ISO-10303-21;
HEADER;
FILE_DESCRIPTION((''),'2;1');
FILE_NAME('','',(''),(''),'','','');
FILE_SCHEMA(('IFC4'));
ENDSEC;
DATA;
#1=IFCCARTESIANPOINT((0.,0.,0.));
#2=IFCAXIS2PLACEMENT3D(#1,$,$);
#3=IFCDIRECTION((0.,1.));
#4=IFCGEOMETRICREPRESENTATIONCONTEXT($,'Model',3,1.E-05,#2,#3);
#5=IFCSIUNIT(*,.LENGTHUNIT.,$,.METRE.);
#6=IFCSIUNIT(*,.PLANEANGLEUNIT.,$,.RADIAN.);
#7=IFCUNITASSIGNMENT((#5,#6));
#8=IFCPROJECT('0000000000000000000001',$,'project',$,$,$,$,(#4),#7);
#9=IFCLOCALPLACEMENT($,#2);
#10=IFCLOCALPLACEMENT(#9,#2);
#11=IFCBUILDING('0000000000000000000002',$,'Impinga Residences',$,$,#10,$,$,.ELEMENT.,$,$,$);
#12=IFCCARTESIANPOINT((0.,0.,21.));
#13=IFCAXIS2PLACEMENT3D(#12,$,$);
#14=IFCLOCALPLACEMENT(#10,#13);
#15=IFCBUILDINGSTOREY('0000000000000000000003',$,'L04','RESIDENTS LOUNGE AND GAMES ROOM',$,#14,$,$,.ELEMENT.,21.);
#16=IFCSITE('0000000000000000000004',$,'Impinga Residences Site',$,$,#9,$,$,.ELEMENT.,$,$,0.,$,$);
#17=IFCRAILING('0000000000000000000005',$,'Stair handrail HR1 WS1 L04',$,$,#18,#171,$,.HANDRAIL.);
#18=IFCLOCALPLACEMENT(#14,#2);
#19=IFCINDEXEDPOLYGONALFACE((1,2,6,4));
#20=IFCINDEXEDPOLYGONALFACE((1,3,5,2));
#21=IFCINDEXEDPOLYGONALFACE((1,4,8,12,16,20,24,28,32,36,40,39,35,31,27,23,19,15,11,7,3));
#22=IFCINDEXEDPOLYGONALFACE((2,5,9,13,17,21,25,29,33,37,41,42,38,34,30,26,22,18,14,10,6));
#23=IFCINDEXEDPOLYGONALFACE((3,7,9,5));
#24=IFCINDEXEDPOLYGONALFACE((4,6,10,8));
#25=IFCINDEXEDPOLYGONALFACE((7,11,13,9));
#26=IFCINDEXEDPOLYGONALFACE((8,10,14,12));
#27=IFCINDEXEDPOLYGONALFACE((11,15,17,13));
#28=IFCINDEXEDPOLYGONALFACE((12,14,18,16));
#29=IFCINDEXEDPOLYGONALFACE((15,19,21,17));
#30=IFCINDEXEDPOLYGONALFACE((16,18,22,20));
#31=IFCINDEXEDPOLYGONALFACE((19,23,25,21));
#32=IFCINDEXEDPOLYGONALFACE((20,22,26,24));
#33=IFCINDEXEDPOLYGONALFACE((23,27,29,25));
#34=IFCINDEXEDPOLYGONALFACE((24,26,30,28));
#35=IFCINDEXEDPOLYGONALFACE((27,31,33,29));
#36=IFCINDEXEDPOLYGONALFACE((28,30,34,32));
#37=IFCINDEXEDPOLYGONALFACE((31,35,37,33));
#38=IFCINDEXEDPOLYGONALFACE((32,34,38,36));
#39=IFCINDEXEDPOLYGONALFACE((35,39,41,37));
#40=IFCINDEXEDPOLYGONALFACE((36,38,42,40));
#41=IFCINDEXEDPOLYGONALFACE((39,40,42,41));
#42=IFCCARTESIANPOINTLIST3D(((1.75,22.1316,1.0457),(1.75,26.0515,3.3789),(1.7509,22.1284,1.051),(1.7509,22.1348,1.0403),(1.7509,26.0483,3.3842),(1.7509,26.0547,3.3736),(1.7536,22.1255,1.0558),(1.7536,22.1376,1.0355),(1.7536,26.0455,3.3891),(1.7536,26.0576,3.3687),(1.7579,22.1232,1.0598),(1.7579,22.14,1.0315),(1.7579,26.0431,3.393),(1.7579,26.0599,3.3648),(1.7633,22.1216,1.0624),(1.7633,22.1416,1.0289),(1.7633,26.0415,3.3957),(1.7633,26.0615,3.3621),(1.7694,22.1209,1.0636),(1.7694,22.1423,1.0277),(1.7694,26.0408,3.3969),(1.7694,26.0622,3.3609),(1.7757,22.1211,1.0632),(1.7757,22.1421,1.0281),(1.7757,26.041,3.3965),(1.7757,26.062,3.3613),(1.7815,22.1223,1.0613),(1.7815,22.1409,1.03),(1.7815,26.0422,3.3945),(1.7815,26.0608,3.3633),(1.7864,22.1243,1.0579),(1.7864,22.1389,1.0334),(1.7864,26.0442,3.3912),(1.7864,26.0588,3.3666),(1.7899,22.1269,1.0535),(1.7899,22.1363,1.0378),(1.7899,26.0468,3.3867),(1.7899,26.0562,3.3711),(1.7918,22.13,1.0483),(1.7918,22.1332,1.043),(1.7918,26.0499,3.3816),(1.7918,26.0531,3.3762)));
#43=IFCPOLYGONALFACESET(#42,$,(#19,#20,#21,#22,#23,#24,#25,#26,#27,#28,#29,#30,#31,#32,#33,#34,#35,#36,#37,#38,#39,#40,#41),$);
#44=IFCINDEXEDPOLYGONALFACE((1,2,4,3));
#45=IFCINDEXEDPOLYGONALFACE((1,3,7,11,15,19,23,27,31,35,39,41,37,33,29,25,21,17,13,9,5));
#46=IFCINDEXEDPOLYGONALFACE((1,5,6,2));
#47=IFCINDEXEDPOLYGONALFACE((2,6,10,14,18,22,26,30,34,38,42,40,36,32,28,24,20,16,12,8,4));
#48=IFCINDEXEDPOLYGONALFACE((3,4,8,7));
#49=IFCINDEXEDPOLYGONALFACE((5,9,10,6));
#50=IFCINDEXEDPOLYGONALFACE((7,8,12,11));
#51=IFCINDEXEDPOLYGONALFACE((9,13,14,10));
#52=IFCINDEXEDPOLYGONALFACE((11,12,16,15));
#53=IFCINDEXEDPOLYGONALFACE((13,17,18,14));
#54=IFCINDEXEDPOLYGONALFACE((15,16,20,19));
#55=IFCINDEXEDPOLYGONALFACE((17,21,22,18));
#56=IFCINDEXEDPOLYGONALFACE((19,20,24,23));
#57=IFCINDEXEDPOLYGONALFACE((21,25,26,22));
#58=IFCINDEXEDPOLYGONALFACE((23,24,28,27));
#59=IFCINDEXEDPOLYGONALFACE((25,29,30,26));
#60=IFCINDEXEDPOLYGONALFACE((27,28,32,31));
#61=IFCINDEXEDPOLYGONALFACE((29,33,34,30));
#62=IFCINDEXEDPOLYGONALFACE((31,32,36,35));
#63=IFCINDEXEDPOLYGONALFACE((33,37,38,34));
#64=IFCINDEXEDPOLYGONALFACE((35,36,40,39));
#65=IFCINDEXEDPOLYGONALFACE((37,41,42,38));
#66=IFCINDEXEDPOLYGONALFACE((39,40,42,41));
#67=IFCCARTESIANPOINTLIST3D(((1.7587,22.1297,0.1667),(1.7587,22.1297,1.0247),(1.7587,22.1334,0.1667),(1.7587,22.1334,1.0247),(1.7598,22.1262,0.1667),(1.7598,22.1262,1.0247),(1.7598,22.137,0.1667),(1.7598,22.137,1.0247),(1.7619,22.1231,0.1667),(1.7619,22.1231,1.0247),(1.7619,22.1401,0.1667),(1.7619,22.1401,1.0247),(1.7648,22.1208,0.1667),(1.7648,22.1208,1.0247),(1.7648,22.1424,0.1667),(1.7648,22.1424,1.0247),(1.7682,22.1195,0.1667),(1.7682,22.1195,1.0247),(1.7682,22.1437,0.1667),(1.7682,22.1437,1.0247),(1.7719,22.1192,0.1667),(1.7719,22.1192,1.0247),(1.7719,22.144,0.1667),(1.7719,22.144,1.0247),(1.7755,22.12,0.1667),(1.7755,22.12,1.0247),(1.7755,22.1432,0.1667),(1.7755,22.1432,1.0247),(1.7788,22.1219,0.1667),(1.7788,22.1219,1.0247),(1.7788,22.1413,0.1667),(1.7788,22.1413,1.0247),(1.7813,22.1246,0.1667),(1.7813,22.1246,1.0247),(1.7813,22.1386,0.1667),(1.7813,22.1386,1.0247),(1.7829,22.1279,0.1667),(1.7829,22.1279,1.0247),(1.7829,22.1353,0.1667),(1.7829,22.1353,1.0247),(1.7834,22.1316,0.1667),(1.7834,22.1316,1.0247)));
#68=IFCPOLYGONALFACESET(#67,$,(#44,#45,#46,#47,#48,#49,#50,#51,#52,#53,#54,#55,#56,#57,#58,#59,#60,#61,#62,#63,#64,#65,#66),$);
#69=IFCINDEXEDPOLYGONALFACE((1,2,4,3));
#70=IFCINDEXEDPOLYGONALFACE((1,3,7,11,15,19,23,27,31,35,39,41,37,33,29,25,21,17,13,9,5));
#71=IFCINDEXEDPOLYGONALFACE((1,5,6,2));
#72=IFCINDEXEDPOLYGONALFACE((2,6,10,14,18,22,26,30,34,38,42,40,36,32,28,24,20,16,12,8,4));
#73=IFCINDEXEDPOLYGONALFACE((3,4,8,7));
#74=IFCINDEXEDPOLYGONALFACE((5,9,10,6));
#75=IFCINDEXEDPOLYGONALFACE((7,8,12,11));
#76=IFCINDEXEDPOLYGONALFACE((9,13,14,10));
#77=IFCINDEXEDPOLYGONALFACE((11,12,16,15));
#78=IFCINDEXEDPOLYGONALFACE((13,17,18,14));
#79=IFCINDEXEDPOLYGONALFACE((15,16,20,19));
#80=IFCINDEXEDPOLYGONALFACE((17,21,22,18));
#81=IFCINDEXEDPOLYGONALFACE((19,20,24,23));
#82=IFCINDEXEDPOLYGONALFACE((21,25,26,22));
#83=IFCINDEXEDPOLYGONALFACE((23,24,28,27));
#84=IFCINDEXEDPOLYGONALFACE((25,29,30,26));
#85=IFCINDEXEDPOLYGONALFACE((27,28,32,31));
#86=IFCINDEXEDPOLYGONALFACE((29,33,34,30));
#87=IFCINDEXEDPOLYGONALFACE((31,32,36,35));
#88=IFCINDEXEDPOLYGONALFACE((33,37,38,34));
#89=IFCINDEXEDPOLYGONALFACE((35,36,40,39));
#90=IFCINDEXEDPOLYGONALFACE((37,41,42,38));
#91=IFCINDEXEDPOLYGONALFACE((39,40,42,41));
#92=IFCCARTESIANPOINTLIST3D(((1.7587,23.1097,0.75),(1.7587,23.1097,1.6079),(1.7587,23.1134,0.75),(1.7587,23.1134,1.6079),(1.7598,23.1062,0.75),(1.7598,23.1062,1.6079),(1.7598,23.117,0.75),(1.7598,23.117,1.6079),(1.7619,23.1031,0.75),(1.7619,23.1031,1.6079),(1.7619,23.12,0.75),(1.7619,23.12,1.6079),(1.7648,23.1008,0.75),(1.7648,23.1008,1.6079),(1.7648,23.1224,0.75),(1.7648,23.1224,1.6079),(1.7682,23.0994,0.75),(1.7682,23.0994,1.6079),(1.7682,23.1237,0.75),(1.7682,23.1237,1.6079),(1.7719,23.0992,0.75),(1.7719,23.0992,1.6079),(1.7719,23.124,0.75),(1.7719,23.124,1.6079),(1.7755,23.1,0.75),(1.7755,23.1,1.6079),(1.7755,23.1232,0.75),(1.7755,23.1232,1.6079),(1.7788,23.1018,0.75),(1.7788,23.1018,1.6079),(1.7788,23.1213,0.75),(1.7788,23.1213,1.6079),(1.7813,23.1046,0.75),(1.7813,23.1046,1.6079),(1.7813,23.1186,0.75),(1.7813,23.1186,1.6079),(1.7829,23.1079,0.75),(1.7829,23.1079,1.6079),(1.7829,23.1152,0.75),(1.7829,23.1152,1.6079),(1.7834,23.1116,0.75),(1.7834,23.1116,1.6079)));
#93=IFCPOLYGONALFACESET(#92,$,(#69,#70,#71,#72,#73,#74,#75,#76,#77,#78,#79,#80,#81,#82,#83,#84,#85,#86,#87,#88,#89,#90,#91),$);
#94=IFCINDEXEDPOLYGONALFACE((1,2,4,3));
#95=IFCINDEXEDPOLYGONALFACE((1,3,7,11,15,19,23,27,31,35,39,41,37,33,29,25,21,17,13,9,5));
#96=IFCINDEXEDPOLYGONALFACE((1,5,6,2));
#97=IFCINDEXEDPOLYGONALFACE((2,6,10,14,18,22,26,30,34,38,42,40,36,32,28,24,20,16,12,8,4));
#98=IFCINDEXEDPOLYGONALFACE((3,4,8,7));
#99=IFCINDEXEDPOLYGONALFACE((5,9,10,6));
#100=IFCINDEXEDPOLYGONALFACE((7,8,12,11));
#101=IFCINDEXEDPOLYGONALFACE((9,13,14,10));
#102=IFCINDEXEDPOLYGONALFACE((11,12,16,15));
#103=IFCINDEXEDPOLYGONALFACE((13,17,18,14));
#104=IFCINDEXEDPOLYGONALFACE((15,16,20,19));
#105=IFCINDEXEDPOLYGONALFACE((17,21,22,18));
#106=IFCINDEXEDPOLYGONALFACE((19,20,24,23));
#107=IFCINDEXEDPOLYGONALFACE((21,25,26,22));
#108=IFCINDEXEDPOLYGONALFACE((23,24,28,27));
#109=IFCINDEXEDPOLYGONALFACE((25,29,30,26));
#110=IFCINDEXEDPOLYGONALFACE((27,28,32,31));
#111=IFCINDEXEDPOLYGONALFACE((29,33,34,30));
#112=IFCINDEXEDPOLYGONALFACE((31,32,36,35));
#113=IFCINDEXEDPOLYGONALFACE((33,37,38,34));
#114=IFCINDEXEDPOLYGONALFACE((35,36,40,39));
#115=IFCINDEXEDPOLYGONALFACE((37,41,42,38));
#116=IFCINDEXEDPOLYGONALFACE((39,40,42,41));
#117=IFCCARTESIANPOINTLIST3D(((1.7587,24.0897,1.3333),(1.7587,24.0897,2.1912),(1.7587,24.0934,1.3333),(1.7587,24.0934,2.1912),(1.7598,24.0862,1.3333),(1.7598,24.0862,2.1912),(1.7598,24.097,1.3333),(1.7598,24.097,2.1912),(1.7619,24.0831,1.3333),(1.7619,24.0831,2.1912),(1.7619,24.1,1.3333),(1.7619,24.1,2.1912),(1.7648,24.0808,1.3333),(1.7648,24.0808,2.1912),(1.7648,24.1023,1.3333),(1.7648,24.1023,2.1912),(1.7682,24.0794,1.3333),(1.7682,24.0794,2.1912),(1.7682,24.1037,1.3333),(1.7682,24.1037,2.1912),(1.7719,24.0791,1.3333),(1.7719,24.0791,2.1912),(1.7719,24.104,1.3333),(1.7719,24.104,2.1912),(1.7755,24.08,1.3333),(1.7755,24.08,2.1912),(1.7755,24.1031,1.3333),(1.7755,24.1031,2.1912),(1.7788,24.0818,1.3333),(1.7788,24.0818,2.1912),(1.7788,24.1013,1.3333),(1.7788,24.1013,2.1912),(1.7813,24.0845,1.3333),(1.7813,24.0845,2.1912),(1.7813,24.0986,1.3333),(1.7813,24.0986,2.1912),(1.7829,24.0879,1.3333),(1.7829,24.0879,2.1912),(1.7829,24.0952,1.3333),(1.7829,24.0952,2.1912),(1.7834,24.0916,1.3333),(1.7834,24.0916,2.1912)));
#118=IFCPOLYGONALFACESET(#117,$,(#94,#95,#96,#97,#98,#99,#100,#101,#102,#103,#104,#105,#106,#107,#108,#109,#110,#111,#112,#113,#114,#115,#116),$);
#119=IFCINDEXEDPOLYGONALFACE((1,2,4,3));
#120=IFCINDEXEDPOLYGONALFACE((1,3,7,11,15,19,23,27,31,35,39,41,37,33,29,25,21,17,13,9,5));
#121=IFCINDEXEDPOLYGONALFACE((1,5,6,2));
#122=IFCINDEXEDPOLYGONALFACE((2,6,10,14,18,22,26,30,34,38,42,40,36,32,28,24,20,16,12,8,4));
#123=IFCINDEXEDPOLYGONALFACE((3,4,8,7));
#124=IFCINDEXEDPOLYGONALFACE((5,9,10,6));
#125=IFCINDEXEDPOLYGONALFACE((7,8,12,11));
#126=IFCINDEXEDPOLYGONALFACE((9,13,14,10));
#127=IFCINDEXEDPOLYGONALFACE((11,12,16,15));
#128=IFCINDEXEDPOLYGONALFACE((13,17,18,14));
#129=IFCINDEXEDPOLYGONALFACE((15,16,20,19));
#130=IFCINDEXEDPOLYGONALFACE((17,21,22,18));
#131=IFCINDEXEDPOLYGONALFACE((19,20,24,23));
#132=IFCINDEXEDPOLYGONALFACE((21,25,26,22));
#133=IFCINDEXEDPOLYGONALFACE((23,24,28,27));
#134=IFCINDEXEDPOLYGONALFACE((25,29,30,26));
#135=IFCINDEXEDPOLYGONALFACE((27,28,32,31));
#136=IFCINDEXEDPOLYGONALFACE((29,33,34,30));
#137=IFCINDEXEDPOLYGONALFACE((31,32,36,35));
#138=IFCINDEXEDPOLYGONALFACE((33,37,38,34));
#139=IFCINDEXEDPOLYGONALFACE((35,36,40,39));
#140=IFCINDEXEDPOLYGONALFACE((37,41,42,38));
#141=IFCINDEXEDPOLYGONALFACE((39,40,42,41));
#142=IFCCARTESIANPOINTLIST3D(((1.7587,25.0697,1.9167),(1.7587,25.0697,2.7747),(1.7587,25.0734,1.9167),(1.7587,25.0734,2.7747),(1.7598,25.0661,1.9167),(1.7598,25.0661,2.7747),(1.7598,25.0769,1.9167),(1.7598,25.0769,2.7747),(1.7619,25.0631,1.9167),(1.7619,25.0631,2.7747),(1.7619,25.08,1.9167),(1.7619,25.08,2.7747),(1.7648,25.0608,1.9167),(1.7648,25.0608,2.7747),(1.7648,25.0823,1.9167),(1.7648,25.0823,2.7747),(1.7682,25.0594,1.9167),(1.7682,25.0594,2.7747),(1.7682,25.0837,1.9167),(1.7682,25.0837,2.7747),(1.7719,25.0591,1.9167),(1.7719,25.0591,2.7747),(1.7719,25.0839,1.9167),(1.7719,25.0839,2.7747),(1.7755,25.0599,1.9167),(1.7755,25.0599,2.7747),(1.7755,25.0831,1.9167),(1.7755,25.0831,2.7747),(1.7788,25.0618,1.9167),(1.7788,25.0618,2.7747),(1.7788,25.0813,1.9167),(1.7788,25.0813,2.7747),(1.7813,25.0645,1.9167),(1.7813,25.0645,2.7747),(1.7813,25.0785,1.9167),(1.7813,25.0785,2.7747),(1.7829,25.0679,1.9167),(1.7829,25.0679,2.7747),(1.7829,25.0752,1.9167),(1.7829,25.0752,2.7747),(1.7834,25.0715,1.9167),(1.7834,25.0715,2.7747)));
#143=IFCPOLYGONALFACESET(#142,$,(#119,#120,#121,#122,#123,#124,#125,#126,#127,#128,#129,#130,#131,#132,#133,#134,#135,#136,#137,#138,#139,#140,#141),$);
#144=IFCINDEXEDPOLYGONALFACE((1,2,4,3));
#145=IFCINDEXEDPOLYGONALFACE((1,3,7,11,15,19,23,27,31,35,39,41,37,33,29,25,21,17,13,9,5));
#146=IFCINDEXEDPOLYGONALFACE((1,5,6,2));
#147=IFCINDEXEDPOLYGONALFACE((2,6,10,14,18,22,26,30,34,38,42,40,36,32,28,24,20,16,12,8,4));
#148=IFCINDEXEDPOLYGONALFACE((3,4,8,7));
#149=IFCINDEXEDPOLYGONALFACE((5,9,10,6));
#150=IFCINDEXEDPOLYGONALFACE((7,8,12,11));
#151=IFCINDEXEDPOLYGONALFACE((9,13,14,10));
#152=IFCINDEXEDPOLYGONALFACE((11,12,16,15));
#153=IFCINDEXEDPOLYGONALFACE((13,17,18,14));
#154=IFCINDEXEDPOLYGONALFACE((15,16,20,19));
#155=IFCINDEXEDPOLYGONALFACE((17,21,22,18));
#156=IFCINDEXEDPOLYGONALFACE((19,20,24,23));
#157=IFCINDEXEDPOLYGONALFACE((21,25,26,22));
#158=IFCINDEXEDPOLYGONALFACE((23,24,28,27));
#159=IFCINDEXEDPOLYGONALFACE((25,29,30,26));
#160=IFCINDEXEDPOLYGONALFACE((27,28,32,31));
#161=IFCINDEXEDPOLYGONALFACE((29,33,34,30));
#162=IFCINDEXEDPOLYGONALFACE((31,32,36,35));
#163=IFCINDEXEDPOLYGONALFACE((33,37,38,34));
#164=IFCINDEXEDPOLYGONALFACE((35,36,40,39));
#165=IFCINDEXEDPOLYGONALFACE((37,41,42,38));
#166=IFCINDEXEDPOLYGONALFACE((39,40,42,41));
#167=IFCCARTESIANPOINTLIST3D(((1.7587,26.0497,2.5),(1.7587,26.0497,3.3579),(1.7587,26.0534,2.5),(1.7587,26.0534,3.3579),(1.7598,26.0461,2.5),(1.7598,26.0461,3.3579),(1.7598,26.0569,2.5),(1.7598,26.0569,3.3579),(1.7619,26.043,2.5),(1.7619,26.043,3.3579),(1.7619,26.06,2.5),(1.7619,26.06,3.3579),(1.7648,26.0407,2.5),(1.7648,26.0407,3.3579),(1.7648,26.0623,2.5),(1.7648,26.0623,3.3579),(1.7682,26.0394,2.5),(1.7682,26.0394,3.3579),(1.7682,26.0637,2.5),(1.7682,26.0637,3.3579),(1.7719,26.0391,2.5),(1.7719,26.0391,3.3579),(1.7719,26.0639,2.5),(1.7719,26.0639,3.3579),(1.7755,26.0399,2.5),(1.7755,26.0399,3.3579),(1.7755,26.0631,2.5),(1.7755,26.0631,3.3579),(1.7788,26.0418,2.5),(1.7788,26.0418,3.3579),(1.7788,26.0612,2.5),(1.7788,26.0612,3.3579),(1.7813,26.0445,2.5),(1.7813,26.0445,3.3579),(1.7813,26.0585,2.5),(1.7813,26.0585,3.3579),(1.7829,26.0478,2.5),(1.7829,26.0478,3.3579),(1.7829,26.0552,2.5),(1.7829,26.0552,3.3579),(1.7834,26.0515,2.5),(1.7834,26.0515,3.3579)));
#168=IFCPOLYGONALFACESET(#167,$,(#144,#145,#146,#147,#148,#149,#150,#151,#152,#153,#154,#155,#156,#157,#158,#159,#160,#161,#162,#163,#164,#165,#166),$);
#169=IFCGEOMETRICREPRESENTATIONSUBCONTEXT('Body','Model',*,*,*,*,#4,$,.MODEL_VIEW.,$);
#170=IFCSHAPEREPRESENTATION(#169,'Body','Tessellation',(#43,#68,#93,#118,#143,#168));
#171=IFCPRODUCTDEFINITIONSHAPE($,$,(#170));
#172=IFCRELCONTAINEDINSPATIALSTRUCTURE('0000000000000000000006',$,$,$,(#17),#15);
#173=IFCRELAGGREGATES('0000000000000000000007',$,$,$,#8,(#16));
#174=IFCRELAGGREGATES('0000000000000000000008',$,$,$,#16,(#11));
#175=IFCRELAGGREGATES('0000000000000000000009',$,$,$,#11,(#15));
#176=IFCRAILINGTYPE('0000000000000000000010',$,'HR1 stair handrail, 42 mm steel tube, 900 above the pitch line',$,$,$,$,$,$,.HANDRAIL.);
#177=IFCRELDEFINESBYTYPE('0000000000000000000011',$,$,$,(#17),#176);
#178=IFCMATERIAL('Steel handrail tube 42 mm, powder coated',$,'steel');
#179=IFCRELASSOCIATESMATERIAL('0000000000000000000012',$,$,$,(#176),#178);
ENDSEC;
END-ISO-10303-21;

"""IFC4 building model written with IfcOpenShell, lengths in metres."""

from ifc_helpers import new_model, si_unit, direction, frame, origin, origin_2d, place, context, subcontext, project, spatial, circle, extrude, material, type_object, element, save


model = new_model("IFC4")

# Units and contexts
model_context = context("Model", 3, precision=1e-05, world=origin(), true_north=direction((0.0, 1.0)))
body_context = subcontext(model_context, "Body", "Model", "MODEL_VIEW")
ifc_project = project(units=[si_unit("LENGTHUNIT", "METRE"), si_unit("PLANEANGLEUNIT", "RADIAN")], contexts=[model_context])

# Site, building, storey
site_placement = place(None, origin())
site = spatial("IfcSite", under=ifc_project, at=site_placement, Name="Impinga Residences Site", CompositionType="ELEMENT", RefElevation=0.0)
building_placement = place(site_placement, origin())
building = spatial("IfcBuilding", under=site, at=building_placement, Name="Impinga Residences", CompositionType="ELEMENT")
storey_placement = place(building_placement, frame((0.0, 0.0, 21.0)))
storey = spatial("IfcBuildingStorey", under=building, at=storey_placement, Name="L04", Description="RESIDENTS LOUNGE AND GAMES ROOM", CompositionType="ELEMENT", Elevation=21.0)

# Railing
ifc_material_1 = material(Name="Steel handrail tube 42 mm, powder coated", Category="steel")
railing_type_1 = type_object("IfcRailingType", Name="HR1 stair handrail, 42 mm steel tube, 900 above the pitch line", PredefinedType="HANDRAIL", material=ifc_material_1)
railing_1_placement = place(storey_placement, frame((1.771, 22.1316, 0.1667)))
element("IfcRailing", 1, at=railing_1_placement, inside=storey, type_object=railing_type_1, Name="Stair handrail HR1 WS1 L04", PredefinedType="HANDRAIL", context=body_context, shape_type="SweptSolid", body=[
    extrude(circle(Radius=0.021, at=origin_2d()), frame((0.0, 0.0, 0.8789), z_axis=(0.0, 0.859296, 0.511478), x_axis=(-1.0, 0.0, 0.0)), (0.0, 0.0, 1.0), 4.5618),
    extrude(circle(Radius=0.0125, at=origin_2d()), origin(), (0.0, 0.0, 1.0), 0.8579),
    extrude(circle(Radius=0.0125, at=origin_2d()), frame((0.0, 0.98, 0.5833)), (0.0, 0.0, 1.0), 0.8579),
    extrude(circle(Radius=0.0125, at=origin_2d()), frame((0.0, 1.96, 1.1665)), (0.0, 0.0, 1.0), 0.8579),
    extrude(circle(Radius=0.0125, at=origin_2d()), frame((0.0, 2.9399, 1.75)), (0.0, 0.0, 1.0), 0.8579),
    extrude(circle(Radius=0.0125, at=origin_2d()), frame((0.0, 3.9199, 2.3333)), (0.0, 0.0, 1.0), 0.8579),
])

save(model, "model.ifc")
